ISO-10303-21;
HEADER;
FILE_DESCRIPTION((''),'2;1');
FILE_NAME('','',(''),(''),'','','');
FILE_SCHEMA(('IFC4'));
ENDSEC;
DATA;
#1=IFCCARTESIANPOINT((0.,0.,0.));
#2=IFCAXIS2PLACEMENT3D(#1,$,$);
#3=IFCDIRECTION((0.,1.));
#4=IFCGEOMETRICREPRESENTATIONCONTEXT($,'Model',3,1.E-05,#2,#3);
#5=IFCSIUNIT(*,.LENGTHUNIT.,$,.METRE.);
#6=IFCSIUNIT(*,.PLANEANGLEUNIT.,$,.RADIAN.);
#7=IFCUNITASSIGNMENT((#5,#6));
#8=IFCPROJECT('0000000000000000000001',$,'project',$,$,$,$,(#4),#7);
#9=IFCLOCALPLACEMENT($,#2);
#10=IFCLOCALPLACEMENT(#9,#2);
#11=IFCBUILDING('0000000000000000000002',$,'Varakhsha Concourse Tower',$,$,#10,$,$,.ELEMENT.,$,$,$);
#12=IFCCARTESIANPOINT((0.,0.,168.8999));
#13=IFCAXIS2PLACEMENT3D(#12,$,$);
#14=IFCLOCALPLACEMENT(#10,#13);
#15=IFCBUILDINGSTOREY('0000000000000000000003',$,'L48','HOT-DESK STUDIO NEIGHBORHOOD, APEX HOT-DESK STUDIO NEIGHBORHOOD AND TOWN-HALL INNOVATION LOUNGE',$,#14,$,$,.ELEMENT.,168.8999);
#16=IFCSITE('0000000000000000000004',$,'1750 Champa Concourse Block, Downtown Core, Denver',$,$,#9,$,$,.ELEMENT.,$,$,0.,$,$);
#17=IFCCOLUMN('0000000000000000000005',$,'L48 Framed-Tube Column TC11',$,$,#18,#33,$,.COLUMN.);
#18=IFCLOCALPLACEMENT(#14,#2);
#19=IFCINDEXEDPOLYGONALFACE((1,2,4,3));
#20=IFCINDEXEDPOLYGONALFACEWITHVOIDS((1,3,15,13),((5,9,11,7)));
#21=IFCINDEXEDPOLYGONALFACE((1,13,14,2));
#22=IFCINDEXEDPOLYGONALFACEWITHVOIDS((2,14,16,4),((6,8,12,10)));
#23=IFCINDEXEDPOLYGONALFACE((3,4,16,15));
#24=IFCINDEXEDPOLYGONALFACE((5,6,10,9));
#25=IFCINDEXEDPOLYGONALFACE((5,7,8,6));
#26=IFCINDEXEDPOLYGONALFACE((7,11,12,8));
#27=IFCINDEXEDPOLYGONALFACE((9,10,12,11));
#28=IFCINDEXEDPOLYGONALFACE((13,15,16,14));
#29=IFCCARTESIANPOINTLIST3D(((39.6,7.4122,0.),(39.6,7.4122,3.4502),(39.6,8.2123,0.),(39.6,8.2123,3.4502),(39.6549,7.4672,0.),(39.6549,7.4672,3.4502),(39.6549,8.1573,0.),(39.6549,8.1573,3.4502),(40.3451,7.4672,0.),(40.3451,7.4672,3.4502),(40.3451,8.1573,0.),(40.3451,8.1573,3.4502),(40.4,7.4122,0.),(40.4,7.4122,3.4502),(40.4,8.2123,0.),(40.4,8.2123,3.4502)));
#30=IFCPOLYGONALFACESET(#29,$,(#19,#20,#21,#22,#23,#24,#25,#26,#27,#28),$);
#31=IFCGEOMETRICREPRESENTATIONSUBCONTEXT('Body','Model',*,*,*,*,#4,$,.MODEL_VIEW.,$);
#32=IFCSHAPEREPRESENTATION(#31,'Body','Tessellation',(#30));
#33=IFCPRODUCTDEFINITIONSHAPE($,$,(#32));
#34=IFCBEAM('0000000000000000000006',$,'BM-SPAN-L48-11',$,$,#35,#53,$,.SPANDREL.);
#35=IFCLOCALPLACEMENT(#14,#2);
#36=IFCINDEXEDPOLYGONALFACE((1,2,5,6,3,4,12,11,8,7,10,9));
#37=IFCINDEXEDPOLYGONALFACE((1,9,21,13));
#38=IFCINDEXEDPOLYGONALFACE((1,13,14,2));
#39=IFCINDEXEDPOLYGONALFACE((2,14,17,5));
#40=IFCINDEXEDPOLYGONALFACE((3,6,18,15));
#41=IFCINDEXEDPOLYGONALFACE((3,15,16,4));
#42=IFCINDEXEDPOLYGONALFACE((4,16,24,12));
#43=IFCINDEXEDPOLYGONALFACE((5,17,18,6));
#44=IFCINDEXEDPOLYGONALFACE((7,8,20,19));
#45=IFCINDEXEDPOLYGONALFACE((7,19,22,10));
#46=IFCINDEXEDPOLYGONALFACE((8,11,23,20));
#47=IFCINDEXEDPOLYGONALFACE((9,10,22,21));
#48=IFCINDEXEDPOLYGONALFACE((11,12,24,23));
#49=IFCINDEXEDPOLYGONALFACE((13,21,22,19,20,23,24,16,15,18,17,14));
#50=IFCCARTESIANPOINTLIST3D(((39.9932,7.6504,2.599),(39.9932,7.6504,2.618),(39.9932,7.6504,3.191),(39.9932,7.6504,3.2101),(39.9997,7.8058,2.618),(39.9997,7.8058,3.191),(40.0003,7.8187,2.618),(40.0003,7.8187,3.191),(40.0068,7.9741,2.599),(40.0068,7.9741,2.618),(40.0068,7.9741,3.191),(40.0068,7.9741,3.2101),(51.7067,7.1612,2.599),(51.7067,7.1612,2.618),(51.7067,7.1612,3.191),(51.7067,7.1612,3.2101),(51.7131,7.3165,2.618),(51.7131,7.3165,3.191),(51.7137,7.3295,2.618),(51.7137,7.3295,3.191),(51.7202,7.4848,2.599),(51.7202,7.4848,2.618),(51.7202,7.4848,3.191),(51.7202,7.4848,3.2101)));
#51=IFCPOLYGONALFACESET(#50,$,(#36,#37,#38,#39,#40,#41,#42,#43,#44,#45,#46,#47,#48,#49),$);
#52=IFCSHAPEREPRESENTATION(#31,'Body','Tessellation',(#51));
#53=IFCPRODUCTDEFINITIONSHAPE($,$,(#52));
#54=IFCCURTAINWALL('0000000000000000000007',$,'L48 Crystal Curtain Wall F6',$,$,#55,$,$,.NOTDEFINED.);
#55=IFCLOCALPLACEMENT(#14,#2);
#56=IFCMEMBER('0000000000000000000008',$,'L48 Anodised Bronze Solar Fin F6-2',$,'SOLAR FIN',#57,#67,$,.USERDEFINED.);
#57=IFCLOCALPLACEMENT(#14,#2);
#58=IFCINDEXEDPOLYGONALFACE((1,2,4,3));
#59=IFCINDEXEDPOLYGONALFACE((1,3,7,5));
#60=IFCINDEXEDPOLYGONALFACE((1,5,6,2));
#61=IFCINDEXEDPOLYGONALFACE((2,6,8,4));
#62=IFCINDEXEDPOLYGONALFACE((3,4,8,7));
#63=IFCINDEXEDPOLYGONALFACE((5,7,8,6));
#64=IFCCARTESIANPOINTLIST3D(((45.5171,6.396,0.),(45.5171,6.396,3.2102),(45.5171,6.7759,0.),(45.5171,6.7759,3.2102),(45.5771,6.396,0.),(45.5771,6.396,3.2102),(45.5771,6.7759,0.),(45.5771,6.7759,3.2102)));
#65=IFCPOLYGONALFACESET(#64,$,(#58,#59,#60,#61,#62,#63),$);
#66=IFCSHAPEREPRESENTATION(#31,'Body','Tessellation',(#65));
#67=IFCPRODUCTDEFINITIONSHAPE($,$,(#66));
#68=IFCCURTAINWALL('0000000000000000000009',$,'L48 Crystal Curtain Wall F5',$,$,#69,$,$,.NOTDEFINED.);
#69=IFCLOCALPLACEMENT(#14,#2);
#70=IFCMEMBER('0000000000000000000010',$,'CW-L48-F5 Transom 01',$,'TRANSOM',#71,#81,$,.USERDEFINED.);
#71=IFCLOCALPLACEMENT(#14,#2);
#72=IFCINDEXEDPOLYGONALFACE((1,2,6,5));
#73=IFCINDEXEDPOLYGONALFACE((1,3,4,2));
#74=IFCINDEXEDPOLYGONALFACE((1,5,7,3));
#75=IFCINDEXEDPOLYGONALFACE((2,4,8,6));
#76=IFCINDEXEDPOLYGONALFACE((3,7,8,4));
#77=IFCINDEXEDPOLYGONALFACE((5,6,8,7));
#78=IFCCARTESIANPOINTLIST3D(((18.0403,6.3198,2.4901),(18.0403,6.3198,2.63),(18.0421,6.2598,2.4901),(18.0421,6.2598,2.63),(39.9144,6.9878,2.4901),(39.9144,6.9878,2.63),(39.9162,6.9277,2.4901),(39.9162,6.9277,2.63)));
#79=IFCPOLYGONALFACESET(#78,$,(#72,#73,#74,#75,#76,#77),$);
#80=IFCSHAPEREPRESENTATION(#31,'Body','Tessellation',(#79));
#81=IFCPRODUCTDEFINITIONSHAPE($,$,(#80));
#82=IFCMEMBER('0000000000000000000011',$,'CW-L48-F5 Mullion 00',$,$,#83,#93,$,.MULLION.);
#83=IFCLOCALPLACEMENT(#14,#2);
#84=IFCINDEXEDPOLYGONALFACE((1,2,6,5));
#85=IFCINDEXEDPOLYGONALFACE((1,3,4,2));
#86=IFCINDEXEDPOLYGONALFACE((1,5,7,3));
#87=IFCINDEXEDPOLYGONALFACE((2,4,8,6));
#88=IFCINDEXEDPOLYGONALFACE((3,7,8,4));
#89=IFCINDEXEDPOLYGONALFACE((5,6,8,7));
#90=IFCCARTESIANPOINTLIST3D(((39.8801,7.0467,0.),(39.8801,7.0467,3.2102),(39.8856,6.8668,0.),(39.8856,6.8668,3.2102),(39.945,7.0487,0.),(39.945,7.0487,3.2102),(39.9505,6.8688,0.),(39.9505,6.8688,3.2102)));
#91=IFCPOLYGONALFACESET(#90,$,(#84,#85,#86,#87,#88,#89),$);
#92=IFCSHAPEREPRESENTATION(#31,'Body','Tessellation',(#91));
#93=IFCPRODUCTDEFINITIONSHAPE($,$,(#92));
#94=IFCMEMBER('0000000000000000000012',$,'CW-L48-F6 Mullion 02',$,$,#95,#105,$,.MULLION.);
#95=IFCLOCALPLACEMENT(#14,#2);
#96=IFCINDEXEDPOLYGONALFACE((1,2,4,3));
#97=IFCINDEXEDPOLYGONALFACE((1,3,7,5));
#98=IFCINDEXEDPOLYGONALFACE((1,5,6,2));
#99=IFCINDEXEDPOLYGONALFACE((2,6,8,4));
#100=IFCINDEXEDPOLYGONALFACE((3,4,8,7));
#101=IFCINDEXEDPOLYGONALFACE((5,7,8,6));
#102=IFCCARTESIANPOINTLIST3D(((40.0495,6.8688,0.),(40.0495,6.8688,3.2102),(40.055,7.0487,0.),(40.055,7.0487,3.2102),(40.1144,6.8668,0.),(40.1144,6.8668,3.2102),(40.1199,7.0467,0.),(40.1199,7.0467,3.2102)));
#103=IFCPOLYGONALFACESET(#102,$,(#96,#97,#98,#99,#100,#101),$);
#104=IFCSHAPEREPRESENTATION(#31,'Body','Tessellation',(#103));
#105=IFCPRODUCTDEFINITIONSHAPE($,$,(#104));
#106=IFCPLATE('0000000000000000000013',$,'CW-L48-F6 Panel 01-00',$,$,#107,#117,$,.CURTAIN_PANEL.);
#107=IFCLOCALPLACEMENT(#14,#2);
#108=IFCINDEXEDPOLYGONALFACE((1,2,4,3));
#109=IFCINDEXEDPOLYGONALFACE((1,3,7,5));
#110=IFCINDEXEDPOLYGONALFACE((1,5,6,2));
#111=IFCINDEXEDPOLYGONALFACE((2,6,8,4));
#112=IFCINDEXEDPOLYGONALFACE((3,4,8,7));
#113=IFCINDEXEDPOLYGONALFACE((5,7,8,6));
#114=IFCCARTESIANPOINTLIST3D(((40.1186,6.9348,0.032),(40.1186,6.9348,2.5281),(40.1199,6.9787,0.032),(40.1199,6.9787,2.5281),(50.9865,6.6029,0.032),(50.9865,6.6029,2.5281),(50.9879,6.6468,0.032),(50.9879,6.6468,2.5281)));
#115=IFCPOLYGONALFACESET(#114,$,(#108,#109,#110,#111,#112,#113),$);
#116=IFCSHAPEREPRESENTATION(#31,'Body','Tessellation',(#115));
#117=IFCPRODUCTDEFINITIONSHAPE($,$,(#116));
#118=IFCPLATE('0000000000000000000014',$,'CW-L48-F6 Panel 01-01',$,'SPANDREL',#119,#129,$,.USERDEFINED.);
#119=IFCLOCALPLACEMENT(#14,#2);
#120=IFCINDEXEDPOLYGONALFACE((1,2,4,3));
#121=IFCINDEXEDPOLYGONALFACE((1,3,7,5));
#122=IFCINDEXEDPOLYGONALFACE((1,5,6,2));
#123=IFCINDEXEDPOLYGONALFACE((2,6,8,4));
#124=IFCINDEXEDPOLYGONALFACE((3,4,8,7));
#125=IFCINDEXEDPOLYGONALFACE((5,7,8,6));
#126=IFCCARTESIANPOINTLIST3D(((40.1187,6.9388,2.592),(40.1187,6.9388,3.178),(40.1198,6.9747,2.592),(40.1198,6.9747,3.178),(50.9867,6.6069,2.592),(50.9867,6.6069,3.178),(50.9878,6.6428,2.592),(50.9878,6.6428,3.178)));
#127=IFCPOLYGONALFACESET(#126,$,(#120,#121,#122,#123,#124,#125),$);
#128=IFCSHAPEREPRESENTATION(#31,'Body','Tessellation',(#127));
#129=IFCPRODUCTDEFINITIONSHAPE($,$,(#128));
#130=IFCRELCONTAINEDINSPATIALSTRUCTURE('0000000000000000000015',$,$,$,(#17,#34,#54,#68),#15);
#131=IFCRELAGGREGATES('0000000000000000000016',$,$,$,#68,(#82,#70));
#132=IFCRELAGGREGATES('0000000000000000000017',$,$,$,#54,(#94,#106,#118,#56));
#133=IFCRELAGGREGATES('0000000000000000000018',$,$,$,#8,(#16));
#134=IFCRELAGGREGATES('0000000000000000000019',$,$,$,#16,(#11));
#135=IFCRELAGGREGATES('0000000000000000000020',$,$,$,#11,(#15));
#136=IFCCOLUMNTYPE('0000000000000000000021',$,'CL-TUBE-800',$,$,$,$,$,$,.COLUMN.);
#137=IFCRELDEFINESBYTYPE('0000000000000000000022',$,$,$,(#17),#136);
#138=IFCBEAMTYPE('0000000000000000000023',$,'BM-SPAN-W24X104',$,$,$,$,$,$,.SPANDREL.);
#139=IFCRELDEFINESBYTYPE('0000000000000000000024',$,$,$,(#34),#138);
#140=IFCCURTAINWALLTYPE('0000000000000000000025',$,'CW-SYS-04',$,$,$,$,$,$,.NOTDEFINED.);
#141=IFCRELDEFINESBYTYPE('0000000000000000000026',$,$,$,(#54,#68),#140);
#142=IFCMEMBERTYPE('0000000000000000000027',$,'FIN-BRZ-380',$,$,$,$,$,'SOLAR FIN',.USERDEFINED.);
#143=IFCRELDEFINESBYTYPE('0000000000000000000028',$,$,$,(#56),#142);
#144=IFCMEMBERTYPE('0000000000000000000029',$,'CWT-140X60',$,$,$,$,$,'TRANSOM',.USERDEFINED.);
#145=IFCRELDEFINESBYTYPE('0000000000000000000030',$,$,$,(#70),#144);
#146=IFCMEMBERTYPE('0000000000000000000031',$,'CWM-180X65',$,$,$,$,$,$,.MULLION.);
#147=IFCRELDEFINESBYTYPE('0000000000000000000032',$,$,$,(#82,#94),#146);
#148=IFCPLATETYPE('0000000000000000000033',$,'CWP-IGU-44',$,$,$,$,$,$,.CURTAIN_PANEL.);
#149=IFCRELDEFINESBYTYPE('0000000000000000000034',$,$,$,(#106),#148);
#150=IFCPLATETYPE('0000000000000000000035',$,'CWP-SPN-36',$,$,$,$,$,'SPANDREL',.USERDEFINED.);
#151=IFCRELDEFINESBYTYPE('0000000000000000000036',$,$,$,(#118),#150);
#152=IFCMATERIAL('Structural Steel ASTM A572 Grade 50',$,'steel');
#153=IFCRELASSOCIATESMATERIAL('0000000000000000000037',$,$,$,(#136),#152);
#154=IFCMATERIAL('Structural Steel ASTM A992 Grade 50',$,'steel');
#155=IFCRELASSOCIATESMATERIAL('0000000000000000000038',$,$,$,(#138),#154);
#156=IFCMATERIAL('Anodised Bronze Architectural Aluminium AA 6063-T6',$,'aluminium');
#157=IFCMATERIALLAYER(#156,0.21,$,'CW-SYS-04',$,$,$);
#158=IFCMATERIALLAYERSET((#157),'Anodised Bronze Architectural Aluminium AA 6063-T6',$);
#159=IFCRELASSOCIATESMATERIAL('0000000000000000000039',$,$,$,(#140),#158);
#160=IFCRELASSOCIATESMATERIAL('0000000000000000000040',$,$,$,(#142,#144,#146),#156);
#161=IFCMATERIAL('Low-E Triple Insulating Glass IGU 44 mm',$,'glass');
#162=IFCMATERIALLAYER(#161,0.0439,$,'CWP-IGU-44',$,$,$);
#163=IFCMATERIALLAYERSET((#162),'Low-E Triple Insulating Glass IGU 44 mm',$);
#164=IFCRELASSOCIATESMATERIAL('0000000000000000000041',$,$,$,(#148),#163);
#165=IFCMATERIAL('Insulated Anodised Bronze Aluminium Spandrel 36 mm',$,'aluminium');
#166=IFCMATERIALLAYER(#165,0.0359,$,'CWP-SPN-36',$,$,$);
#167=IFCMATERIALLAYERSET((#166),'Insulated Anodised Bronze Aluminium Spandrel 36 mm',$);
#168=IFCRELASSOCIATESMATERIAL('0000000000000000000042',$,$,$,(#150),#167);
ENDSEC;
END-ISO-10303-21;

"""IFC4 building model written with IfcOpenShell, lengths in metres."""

from ifc_helpers import new_model, si_unit, direction, frame, origin, origin_2d, place, context, subcontext, project, spatial, rectangle, hollow_rectangle, i_section, extrude, source, transform, mapped, material, layer, layer_set, material_profile, profile_set, type_object, type_shapes, element, aggregate, save


model = new_model("IFC4")

# Units and contexts
model_context = context("Model", 3, precision=1e-05, world=origin(), true_north=direction((0.0, 1.0)))
body_context = subcontext(model_context, "Body", "Model", "MODEL_VIEW")
ifc_project = project(units=[si_unit("LENGTHUNIT", "METRE"), si_unit("PLANEANGLEUNIT", "RADIAN")], contexts=[model_context])

# Site, building, storey
site_placement = place(None, origin())
site = spatial("IfcSite", under=ifc_project, at=site_placement, Name="1750 Champa Concourse Block, Downtown Core, Denver", CompositionType="ELEMENT", RefElevation=0.0)
building_placement = place(site_placement, origin())
building = spatial("IfcBuilding", under=site, at=building_placement, Name="Varakhsha Concourse Tower", CompositionType="ELEMENT")
storey_placement = place(building_placement, frame((0.0, 0.0, 168.8999)))
storey = spatial("IfcBuildingStorey", under=building, at=storey_placement, Name="L48", Description="HOT-DESK STUDIO NEIGHBORHOOD, APEX HOT-DESK STUDIO NEIGHBORHOOD AND TOWN-HALL INNOVATION LOUNGE", CompositionType="ELEMENT", Elevation=168.8999)

# Column
ifc_material_1 = material(Name="Structural Steel ASTM A572 Grade 50", Category="steel")
ifc_material_profile_1 = material_profile(ifc_material_1, hollow_rectangle(XDim=0.8, YDim=0.8, WallThickness=0.0549, at=origin_2d()), Name="BOX 800x800x55")
ifc_profile_set_1 = profile_set([ifc_material_profile_1], Name="Structural Steel ASTM A572 Grade 50")
column_type = type_object("IfcColumnType", Name="CL-TUBE-800", PredefinedType="COLUMN", material=ifc_profile_set_1)
column_placement = place(storey_placement, frame((40.0, 7.8123, 0.0), z_axis=(0.0, 0.0, 1.0), x_axis=(1.0, 0.0, 0.0)))
element("IfcColumn", 1, at=column_placement, inside=storey, type_object=column_type, Name="L48 Framed-Tube Column TC11", PredefinedType="COLUMN", context=body_context, shape_type="SweptSolid", body=[
    extrude(hollow_rectangle(XDim=0.8, YDim=0.8, WallThickness=0.0549, at=origin_2d()), origin(), (0.0, 0.0, 1.0), 3.4502),
])

# Beam
ifc_material_2 = material(Name="Structural Steel ASTM A992 Grade 50", Category="steel")
ifc_material_profile_2 = material_profile(ifc_material_2, i_section(OverallWidth=0.324, OverallDepth=0.6111, WebThickness=0.0129, FlangeThickness=0.019, at=origin_2d()), Name="W24X104")
ifc_profile_set_2 = profile_set([ifc_material_profile_2], Name="Structural Steel ASTM A992 Grade 50")
beam_type = type_object("IfcBeamType", Name="BM-SPAN-W24X104", PredefinedType="SPANDREL", material=ifc_profile_set_2)
beam_placement = place(storey_placement, frame((40.0, 7.8123, 2.9045), z_axis=(0.999129, -0.041733, 0.0), x_axis=(0.041733, 0.999129, 0.0)))
element("IfcBeam", 2, at=beam_placement, inside=storey, type_object=beam_type, Name="BM-SPAN-L48-11", PredefinedType="SPANDREL", context=body_context, shape_type="SweptSolid", body=[
    extrude(i_section(OverallWidth=0.324, OverallDepth=0.6111, WebThickness=0.0129, FlangeThickness=0.019, at=origin_2d()), origin(), (0.0, 0.0, 1.0), 11.7236),
])

# Curtain wall, member
ifc_material_3 = material(Name="Anodised Bronze Architectural Aluminium AA 6063-T6", Category="aluminium")
ifc_layer_1 = layer(ifc_material_3, 0.21, Name="CW-SYS-04")
ifc_layer_set_1 = layer_set([ifc_layer_1], Name="Anodised Bronze Architectural Aluminium AA 6063-T6")
curtain_wall_type = type_object("IfcCurtainWallType", Name="CW-SYS-04", PredefinedType="NOTDEFINED", material=ifc_layer_set_1)
curtain_wall_1_placement = place(storey_placement, origin())
curtain_wall_1 = element("IfcCurtainWall", 3, at=curtain_wall_1_placement, inside=storey, type_object=curtain_wall_type, Name="L48 Crystal Curtain Wall F6", PredefinedType="NOTDEFINED")
ifc_material_profile_3 = material_profile(ifc_material_3, rectangle(XDim=0.0601, YDim=0.3799, at=origin_2d()), Name="FIN-BRZ-380")
ifc_profile_set_3 = profile_set([ifc_material_profile_3], Name="Anodised Bronze Architectural Aluminium AA 6063-T6")
member_type_1 = type_object("IfcMemberType", Name="FIN-BRZ-380", ElementType="SOLAR FIN", PredefinedType="USERDEFINED", material=ifc_profile_set_3)
shared_shape_1 = source(origin(), body_context, "Body", "SweptSolid", [
    extrude(rectangle(XDim=0.0601, YDim=0.3799, at=origin_2d()), origin(), (0.0, 0.0, 1.0), 3.2102),
])
type_shapes(member_type_1, [shared_shape_1])
member_1_placement = place(storey_placement, frame((45.5471, 6.5859, 0.0), z_axis=(0.0, 0.0, 1.0), x_axis=(1.0, 0.0, 0.0)))
member_1 = element("IfcMember", 4, at=member_1_placement, type_object=member_type_1, Name="L48 Anodised Bronze Solar Fin F6-2", ObjectType="SOLAR FIN", PredefinedType="USERDEFINED", context=body_context, shape_type="MappedRepresentation", body=[
    mapped(shared_shape_1, transform((0.0, 0.0, 0.0), scale=1.0)),
])

# Curtain wall, members
curtain_wall_2_placement = place(storey_placement, origin())
curtain_wall_2 = element("IfcCurtainWall", 5, at=curtain_wall_2_placement, inside=storey, type_object=curtain_wall_type, Name="L48 Crystal Curtain Wall F5", PredefinedType="NOTDEFINED")
ifc_material_profile_4 = material_profile(ifc_material_3, rectangle(XDim=0.0601, YDim=0.1399, at=origin_2d()), Name="CWT-140X60")
ifc_profile_set_4 = profile_set([ifc_material_profile_4], Name="Anodised Bronze Architectural Aluminium AA 6063-T6")
member_type_2 = type_object("IfcMemberType", Name="CWT-140X60", ElementType="TRANSOM", PredefinedType="USERDEFINED", material=ifc_profile_set_4)
shared_shape_2 = source(origin(), body_context, "Body", "SweptSolid", [
    extrude(rectangle(XDim=0.0601, YDim=0.1399, at=origin_2d()), origin(), (0.0, 0.0, 1.0), 21.8843),
])
type_shapes(member_type_2, [shared_shape_2])
member_2_placement = place(storey_placement, frame((39.9153, 6.9578, 2.5601), z_axis=(-0.999534, -0.030523, 0.0), x_axis=(0.030523, -0.999534, 0.0)))
member_2 = element("IfcMember", 6, at=member_2_placement, type_object=member_type_2, Name="CW-L48-F5 Transom 01", ObjectType="TRANSOM", PredefinedType="USERDEFINED", context=body_context, shape_type="MappedRepresentation", body=[
    mapped(shared_shape_2, transform((0.0, 0.0, 0.0), scale=1.0)),
])
ifc_material_profile_5 = material_profile(ifc_material_3, rectangle(XDim=0.0649, YDim=0.1799, at=origin_2d()), Name="CWM-180X65")
ifc_profile_set_5 = profile_set([ifc_material_profile_5], Name="Anodised Bronze Architectural Aluminium AA 6063-T6")
member_type_3 = type_object("IfcMemberType", Name="CWM-180X65", PredefinedType="MULLION", material=ifc_profile_set_5)
shared_shape_3 = source(origin(), body_context, "Body", "SweptSolid", [
    extrude(rectangle(XDim=0.0649, YDim=0.1799, at=origin_2d()), origin(), (0.0, 0.0, 1.0), 3.2102),
])
type_shapes(member_type_3, [shared_shape_3])
member_3_placement = place(storey_placement, frame((39.9153, 6.9578, 0.0), z_axis=(0.0, 0.0, 1.0), x_axis=(-0.999534, -0.030525, 0.0)))
member_3 = element("IfcMember", 7, at=member_3_placement, type_object=member_type_3, Name="CW-L48-F5 Mullion 00", PredefinedType="MULLION", context=body_context, shape_type="MappedRepresentation", body=[
    mapped(shared_shape_3, transform((0.0, 0.0, 0.0), scale=1.0)),
])
aggregate(curtain_wall_2, [member_3, member_2])

# Member
member_4_placement = place(storey_placement, frame((40.0847, 6.9578, 0.0), z_axis=(0.0, 0.0, 1.0), x_axis=(-0.999534, 0.030525, 0.0)))
member_4 = element("IfcMember", 8, at=member_4_placement, type_object=member_type_3, Name="CW-L48-F6 Mullion 02", PredefinedType="MULLION", context=body_context, shape_type="MappedRepresentation", body=[
    mapped(shared_shape_3, transform((0.0, 0.0, 0.0), scale=1.0)),
])

# Plates
ifc_material_4 = material(Name="Low-E Triple Insulating Glass IGU 44 mm", Category="glass")
ifc_layer_2 = layer(ifc_material_4, 0.0439, Name="CWP-IGU-44")
ifc_layer_set_2 = layer_set([ifc_layer_2], Name="Low-E Triple Insulating Glass IGU 44 mm")
plate_type_1 = type_object("IfcPlateType", Name="CWP-IGU-44", PredefinedType="CURTAIN_PANEL", material=ifc_layer_set_2)
shared_shape_4 = source(origin(), body_context, "Body", "SweptSolid", [
    extrude(rectangle(XDim=10.873, YDim=0.0439, at=origin_2d()), origin(), (0.0, 0.0, 1.0), 2.4961),
])
type_shapes(plate_type_1, [shared_shape_4])
plate_1_placement = place(storey_placement, frame((45.5532, 6.7908, 0.032), z_axis=(0.0, 0.0, 1.0), x_axis=(-0.999534, 0.030525, 0.0)))
plate_1 = element("IfcPlate", 9, at=plate_1_placement, type_object=plate_type_1, Name="CW-L48-F6 Panel 01-00", PredefinedType="CURTAIN_PANEL", context=body_context, shape_type="MappedRepresentation", body=[
    mapped(shared_shape_4, transform((0.0, 0.0, 0.0), scale=1.0)),
])
ifc_material_5 = material(Name="Insulated Anodised Bronze Aluminium Spandrel 36 mm", Category="aluminium")
ifc_layer_3 = layer(ifc_material_5, 0.0359, Name="CWP-SPN-36")
ifc_layer_set_3 = layer_set([ifc_layer_3], Name="Insulated Anodised Bronze Aluminium Spandrel 36 mm")
plate_type_2 = type_object("IfcPlateType", Name="CWP-SPN-36", ElementType="SPANDREL", PredefinedType="USERDEFINED", material=ifc_layer_set_3)
shared_shape_5 = source(origin(), body_context, "Body", "SweptSolid", [
    extrude(rectangle(XDim=10.873, YDim=0.0359, at=origin_2d()), origin(), (0.0, 0.0, 1.0), 0.5859),
])
type_shapes(plate_type_2, [shared_shape_5])
plate_2_placement = place(storey_placement, frame((45.5532, 6.7908, 2.592), z_axis=(0.0, 0.0, 1.0), x_axis=(-0.999534, 0.030525, 0.0)))
plate_2 = element("IfcPlate", 10, at=plate_2_placement, type_object=plate_type_2, Name="CW-L48-F6 Panel 01-01", ObjectType="SPANDREL", PredefinedType="USERDEFINED", context=body_context, shape_type="MappedRepresentation", body=[
    mapped(shared_shape_5, transform((0.0, 0.0, 0.0), scale=1.0)),
])
aggregate(curtain_wall_1, [member_4, plate_1, plate_2, member_1])

save(model, "model.ifc")
